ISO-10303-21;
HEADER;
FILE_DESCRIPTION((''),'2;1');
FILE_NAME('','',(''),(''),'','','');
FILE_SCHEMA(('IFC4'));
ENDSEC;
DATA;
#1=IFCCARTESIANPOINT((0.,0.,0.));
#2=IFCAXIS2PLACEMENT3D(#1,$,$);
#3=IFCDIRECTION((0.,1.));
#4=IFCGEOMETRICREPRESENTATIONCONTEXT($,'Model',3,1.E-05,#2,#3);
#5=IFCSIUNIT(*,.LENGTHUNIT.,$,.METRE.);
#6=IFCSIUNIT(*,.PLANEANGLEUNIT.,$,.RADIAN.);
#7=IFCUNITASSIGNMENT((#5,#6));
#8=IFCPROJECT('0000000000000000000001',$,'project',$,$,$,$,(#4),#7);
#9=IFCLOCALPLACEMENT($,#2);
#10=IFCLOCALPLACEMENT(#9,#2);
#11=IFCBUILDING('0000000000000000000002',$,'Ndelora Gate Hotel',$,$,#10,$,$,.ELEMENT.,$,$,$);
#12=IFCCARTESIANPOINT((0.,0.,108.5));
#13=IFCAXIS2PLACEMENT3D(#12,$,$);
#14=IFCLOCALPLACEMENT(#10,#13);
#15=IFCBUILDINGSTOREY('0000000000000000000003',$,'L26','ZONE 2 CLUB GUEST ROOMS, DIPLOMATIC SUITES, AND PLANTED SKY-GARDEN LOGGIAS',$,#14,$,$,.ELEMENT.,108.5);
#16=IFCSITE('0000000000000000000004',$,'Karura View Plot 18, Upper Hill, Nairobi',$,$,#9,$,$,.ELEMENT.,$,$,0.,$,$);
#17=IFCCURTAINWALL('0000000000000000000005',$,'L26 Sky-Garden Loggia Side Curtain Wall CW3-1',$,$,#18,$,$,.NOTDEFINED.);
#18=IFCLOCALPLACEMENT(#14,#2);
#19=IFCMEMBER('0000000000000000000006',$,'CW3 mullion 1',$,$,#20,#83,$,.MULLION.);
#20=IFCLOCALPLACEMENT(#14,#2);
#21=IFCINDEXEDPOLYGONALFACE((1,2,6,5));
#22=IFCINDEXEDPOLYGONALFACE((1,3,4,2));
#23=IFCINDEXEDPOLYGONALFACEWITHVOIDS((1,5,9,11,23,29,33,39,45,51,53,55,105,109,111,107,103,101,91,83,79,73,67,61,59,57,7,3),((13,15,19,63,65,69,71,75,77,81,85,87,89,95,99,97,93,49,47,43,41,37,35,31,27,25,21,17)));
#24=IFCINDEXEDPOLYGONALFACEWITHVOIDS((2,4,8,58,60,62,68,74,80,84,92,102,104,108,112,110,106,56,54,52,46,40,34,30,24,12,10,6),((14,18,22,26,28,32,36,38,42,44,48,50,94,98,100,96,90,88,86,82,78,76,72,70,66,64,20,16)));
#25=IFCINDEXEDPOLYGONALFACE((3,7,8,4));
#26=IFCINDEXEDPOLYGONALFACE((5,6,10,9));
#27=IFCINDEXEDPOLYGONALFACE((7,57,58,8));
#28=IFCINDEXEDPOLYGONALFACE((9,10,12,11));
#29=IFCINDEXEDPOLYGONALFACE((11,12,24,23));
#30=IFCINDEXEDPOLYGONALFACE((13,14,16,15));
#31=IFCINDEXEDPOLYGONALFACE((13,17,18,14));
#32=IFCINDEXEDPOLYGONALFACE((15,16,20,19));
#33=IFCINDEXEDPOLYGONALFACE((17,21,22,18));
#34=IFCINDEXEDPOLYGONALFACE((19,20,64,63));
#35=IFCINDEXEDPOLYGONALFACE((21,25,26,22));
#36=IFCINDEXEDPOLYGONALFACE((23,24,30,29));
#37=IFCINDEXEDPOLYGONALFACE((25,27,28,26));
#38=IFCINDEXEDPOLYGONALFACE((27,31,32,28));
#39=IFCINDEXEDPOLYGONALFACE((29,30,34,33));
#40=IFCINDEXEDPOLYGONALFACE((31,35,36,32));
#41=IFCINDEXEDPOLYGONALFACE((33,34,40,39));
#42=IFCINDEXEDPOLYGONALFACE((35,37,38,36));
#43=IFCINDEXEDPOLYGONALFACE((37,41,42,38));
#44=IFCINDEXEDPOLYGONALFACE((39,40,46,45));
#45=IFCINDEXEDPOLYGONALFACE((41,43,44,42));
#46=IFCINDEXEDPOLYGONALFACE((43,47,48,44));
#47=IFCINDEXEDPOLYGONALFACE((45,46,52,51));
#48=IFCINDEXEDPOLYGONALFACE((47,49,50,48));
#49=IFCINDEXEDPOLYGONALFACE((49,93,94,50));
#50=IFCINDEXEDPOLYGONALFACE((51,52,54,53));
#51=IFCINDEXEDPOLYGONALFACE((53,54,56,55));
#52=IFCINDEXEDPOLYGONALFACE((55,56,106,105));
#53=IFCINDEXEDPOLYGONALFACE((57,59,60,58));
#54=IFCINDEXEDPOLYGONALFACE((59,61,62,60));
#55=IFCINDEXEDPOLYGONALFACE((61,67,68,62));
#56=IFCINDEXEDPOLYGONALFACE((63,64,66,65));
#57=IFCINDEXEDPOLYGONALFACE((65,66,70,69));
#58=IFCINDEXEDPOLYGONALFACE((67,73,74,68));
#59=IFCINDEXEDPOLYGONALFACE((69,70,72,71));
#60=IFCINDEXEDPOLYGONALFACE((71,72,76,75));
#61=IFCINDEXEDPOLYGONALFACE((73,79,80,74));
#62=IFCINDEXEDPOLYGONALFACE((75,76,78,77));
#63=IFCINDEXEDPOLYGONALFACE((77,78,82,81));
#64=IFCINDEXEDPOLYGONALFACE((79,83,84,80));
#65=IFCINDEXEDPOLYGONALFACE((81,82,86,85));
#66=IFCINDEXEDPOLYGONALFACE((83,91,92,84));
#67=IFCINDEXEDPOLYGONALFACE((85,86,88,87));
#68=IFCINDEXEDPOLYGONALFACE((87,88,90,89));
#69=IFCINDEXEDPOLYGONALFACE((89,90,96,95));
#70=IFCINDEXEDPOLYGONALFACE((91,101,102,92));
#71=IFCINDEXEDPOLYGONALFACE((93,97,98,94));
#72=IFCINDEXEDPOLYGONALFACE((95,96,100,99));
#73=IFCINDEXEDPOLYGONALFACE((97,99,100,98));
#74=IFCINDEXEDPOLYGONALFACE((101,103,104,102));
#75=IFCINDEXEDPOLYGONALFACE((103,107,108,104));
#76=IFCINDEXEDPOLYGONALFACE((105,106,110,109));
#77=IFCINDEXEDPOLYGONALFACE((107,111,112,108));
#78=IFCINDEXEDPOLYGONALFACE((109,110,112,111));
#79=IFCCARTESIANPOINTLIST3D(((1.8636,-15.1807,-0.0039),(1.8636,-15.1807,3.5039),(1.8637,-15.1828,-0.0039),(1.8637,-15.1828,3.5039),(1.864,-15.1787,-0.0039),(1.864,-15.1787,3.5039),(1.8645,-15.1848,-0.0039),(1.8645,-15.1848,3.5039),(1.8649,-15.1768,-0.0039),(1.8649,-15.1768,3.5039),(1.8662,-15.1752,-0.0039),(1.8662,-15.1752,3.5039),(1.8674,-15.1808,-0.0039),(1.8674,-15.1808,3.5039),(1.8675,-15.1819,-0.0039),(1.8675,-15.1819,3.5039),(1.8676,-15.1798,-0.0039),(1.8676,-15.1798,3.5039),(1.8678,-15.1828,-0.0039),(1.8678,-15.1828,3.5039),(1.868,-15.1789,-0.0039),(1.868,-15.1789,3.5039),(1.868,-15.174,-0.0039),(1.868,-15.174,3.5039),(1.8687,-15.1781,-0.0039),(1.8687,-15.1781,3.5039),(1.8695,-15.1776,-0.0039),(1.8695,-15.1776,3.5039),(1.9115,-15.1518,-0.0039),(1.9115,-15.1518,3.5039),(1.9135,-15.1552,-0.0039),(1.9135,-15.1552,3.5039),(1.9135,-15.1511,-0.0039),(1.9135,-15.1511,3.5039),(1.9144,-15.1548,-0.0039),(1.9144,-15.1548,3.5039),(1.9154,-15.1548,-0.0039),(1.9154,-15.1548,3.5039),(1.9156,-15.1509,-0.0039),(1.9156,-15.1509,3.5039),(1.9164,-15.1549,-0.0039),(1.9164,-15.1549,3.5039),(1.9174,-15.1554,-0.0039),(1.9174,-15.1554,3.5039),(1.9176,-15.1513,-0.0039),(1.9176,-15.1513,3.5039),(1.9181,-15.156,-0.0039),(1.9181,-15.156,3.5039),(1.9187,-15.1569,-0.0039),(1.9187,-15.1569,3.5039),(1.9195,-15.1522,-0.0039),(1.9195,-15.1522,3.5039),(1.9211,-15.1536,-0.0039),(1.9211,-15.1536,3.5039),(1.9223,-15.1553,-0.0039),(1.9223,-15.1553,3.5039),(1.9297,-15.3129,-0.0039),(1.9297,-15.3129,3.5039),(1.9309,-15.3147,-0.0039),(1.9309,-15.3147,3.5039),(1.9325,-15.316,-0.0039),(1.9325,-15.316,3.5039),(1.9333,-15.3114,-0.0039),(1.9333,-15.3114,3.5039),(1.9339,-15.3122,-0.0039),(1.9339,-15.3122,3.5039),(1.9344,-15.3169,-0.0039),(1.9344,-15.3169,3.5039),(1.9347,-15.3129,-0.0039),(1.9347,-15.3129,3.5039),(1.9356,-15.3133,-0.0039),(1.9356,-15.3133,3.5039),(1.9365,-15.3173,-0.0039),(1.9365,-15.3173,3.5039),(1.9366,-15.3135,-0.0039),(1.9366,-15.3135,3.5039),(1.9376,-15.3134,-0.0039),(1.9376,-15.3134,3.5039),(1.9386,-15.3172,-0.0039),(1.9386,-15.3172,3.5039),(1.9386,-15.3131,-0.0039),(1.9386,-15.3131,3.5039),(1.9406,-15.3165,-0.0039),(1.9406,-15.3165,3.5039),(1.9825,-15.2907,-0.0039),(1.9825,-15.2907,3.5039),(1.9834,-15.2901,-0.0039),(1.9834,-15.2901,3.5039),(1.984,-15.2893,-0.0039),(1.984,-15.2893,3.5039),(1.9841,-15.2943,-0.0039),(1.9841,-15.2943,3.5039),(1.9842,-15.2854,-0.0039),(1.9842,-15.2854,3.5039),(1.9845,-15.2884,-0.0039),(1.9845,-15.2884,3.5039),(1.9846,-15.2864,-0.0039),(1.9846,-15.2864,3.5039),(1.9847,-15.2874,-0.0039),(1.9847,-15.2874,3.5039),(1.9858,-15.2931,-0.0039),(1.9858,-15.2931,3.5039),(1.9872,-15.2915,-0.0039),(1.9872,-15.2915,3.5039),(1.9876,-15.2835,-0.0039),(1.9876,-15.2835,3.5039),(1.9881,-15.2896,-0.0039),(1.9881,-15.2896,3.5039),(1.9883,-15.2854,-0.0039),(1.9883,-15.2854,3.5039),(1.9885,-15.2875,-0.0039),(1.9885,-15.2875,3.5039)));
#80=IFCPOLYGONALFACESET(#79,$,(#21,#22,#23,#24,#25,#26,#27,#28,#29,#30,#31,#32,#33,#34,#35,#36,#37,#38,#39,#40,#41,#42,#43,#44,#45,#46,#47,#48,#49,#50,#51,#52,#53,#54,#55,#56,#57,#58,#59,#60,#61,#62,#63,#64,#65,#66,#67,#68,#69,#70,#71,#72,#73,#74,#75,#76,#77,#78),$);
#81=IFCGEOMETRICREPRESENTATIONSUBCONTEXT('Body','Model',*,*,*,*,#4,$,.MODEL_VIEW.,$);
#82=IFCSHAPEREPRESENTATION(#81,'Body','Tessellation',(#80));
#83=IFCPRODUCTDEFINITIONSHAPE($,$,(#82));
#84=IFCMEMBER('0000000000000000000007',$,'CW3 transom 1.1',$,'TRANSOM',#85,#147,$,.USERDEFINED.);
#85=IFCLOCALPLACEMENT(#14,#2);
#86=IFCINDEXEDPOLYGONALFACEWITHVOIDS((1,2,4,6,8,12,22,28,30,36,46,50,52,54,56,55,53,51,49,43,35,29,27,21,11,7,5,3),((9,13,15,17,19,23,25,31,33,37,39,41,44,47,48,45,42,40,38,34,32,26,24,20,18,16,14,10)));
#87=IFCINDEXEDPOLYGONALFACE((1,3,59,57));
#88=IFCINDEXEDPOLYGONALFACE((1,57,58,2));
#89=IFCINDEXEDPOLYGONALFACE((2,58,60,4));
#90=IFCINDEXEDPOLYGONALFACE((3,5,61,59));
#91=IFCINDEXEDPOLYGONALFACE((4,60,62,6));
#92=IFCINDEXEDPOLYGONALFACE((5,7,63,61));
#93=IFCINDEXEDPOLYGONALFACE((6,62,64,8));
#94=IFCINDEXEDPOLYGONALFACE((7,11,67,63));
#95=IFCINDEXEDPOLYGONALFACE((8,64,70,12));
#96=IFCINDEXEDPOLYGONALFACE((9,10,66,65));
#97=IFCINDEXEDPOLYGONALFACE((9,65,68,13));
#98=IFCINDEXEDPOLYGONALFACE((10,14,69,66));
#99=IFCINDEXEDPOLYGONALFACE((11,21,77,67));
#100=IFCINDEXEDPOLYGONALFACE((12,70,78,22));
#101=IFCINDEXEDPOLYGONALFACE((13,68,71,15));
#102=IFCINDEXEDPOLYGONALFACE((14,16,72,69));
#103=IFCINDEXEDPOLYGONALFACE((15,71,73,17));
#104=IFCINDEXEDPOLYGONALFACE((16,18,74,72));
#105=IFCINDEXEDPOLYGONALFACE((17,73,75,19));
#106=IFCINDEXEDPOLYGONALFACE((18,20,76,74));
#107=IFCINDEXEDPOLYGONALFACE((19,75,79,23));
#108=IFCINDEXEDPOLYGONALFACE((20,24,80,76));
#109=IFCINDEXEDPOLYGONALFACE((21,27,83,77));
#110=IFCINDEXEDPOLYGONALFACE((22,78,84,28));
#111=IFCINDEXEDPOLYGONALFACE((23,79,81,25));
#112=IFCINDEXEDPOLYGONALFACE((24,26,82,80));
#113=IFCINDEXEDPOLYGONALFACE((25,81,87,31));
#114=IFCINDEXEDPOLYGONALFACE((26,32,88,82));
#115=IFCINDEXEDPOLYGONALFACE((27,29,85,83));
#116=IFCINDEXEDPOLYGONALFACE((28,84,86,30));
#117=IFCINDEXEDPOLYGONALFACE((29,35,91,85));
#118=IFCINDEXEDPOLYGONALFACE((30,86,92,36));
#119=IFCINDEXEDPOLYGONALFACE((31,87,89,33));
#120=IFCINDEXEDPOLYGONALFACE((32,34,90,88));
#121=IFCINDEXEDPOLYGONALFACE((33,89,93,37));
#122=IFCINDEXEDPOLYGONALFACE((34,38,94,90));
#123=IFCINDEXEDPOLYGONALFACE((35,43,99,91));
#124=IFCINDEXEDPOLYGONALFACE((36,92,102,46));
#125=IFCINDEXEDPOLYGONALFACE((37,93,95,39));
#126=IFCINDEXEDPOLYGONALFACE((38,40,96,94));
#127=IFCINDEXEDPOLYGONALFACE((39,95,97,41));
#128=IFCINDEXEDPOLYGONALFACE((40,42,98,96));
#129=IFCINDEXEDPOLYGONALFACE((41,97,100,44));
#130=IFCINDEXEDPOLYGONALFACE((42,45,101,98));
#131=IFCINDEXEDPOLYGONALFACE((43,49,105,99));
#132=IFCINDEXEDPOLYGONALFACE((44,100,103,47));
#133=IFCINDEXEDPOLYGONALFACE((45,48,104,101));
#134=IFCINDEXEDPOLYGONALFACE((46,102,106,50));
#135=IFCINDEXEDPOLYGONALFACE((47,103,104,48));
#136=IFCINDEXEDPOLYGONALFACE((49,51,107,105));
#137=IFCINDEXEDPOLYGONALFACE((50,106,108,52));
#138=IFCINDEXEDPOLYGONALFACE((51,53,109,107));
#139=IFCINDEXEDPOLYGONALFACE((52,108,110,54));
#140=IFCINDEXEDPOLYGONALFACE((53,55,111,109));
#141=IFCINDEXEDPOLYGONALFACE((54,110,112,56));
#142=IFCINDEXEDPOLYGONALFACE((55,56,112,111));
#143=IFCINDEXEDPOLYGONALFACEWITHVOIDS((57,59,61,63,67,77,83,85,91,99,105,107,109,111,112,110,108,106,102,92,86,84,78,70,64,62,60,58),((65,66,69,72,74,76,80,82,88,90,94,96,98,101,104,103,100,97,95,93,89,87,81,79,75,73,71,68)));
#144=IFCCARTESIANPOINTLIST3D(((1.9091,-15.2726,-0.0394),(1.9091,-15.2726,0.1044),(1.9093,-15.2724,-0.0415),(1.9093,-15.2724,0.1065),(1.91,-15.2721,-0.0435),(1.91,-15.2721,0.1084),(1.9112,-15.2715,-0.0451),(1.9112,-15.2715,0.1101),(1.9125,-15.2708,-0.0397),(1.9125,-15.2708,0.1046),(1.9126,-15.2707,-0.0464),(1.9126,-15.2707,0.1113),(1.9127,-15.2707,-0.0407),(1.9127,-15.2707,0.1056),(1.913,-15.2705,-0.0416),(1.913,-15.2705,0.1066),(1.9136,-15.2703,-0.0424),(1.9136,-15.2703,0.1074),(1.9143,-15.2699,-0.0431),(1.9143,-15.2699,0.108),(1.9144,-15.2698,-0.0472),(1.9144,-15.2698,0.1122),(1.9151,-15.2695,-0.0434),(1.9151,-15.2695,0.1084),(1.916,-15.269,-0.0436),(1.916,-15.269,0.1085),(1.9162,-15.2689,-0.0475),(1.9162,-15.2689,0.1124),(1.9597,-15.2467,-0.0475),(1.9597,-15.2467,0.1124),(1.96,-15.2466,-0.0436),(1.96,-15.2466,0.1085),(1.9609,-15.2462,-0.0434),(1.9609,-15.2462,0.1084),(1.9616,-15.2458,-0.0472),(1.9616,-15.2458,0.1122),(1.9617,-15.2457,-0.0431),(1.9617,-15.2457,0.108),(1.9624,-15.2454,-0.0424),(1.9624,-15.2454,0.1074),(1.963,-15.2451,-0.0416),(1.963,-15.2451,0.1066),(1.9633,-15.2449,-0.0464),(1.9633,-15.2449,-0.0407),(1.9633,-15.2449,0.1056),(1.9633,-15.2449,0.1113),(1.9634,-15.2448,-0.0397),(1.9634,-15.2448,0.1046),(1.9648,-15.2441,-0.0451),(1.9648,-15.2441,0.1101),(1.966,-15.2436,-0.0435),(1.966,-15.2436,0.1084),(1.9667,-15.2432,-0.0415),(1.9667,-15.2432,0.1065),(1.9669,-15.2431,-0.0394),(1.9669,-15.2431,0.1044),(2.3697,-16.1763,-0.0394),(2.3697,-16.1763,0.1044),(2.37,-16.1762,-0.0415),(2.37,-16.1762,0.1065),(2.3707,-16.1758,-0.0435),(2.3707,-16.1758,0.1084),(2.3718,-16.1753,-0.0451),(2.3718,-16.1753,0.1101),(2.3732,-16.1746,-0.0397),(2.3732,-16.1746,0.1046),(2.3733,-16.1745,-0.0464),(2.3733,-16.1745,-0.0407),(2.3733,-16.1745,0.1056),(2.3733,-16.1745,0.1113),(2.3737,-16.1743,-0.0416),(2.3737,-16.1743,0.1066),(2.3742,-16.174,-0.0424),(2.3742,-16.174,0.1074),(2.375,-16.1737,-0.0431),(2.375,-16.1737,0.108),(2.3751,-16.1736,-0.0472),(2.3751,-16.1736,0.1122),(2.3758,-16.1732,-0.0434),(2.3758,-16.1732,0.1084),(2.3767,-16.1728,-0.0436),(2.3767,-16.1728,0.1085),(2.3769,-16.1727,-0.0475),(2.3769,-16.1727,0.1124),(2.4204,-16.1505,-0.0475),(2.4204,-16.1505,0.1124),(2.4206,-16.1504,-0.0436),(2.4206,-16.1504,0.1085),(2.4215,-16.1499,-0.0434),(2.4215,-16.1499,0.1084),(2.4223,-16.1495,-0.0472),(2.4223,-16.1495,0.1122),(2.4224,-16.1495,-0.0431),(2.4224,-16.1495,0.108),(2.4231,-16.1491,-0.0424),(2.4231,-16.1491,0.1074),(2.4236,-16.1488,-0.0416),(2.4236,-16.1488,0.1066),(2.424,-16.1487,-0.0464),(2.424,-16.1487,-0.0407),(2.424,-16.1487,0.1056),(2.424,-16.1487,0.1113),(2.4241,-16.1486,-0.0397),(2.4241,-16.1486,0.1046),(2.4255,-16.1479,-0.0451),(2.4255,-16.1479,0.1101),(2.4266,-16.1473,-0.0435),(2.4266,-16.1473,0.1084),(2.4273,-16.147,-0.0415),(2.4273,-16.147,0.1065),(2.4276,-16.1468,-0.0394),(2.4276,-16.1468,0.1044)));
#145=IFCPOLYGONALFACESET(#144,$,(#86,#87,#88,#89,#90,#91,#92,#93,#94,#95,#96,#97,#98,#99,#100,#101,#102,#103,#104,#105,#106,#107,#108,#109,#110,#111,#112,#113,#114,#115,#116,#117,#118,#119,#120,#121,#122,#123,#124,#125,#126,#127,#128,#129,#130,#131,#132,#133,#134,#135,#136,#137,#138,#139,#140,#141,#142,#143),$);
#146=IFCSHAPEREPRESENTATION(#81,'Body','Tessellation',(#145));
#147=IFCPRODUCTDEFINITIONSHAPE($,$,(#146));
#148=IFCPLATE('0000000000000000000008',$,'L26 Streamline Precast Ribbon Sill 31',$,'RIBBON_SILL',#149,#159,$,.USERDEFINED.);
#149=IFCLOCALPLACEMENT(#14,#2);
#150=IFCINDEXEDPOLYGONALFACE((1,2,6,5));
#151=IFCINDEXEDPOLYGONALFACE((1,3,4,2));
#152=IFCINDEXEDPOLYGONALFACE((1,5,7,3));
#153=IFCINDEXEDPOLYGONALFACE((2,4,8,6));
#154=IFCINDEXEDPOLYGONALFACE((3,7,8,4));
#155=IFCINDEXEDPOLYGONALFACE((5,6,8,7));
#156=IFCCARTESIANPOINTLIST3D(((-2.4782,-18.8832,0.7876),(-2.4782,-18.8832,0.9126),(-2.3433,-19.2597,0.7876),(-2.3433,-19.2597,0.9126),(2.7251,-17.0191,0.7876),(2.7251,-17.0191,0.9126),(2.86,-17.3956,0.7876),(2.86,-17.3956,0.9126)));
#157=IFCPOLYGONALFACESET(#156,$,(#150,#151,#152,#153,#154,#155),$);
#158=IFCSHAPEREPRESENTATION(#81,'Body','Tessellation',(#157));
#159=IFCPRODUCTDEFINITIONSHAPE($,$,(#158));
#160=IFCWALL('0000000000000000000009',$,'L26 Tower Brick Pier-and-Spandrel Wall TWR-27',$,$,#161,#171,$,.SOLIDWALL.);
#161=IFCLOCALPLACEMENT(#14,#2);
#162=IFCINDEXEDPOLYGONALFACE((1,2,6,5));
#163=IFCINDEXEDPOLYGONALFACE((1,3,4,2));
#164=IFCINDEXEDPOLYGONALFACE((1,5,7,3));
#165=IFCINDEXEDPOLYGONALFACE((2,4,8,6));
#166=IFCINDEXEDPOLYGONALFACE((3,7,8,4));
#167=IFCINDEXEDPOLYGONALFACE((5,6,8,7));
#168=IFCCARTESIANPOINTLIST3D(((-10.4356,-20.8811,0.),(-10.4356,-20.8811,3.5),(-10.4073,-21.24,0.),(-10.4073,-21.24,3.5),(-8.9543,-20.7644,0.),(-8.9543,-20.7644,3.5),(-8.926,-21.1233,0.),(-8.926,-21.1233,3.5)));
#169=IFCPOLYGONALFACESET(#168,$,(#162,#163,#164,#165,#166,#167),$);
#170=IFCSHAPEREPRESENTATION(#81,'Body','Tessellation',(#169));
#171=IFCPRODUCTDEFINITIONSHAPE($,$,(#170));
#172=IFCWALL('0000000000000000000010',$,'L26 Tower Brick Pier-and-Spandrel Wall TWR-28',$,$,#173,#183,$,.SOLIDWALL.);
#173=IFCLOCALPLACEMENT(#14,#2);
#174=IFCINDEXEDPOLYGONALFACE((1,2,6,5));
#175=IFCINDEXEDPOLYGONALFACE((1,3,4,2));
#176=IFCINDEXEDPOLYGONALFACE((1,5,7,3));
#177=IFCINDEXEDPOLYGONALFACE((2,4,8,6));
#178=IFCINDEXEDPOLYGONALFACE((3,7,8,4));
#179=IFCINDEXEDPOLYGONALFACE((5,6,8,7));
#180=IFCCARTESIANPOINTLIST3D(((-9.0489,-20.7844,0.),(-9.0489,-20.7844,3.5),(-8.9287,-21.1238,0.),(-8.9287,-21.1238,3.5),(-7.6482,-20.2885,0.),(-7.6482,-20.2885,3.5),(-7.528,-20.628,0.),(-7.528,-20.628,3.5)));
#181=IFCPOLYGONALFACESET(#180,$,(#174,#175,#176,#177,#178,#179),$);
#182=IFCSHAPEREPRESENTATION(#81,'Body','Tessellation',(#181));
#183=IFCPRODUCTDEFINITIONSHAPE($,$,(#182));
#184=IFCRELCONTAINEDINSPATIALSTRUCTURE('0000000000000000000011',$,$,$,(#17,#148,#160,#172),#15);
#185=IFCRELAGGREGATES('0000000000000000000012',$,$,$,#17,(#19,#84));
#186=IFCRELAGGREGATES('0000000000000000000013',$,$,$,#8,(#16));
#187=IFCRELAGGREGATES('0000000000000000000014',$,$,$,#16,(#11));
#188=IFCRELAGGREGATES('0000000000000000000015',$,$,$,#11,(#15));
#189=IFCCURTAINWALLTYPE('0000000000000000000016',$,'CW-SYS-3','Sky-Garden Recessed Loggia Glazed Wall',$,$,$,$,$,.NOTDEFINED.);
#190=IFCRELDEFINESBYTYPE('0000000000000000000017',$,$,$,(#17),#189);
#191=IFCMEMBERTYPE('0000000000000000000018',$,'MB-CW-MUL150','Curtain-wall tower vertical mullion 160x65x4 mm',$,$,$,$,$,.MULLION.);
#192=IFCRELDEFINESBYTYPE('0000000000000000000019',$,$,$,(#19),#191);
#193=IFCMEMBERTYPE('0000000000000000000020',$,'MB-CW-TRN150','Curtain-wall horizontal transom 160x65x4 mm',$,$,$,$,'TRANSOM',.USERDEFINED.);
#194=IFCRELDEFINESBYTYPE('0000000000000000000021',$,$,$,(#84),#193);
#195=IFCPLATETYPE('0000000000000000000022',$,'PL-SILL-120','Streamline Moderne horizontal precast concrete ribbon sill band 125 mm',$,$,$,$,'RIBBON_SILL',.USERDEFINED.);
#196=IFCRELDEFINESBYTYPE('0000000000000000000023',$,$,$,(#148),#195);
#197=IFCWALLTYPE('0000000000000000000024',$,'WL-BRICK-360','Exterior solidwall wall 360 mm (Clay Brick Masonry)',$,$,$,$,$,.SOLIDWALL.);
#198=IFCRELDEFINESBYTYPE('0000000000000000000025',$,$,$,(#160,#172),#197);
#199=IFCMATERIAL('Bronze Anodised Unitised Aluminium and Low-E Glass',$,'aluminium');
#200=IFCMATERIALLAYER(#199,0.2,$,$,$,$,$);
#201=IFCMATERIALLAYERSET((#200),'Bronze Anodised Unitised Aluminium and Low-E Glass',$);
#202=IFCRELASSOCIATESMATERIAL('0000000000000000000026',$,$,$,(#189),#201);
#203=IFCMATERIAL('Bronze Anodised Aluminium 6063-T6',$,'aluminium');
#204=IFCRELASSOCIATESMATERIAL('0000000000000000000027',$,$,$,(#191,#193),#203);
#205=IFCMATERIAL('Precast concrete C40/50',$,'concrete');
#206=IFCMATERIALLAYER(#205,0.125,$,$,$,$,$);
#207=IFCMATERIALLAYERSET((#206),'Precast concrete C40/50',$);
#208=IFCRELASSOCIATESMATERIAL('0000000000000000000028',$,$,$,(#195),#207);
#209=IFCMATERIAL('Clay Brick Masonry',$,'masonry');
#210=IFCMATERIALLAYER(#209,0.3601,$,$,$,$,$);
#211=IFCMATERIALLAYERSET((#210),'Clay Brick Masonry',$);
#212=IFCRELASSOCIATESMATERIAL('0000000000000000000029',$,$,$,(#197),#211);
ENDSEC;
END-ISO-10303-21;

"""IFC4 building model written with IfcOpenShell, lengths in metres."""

from ifc_helpers import new_model, si_unit, direction, frame, frame_2d, origin, origin_2d, place, context, subcontext, project, spatial, rectangle, hollow_rectangle, extrude, material, layer, layer_set, material_profile, profile_set, type_object, element, aggregate, save


model = new_model("IFC4")

# Units and contexts
model_context = context("Model", 3, precision=1e-05, world=origin(), true_north=direction((0.0, 1.0)))
body_context = subcontext(model_context, "Body", "Model", "MODEL_VIEW")
ifc_project = project(units=[si_unit("LENGTHUNIT", "METRE"), si_unit("PLANEANGLEUNIT", "RADIAN")], contexts=[model_context])

# Site, building, storey
site_placement = place(None, origin())
site = spatial("IfcSite", under=ifc_project, at=site_placement, Name="Karura View Plot 18, Upper Hill, Nairobi", CompositionType="ELEMENT", RefElevation=0.0)
building_placement = place(site_placement, origin())
building = spatial("IfcBuilding", under=site, at=building_placement, Name="Ndelora Gate Hotel", CompositionType="ELEMENT")
storey_placement = place(building_placement, frame((0.0, 0.0, 108.5)))
storey = spatial("IfcBuildingStorey", under=building, at=storey_placement, Name="L26", Description="ZONE 2 CLUB GUEST ROOMS, DIPLOMATIC SUITES, AND PLANTED SKY-GARDEN LOGGIAS", CompositionType="ELEMENT", Elevation=108.5)

# Curtain wall, members
ifc_material_1 = material(Name="Bronze Anodised Unitised Aluminium and Low-E Glass", Category="aluminium")
ifc_layer_1 = layer(ifc_material_1, 0.2)
ifc_layer_set_1 = layer_set([ifc_layer_1], Name="Bronze Anodised Unitised Aluminium and Low-E Glass")
curtain_wall_type = type_object("IfcCurtainWallType", Name="CW-SYS-3", Description="Sky-Garden Recessed Loggia Glazed Wall", PredefinedType="NOTDEFINED", material=ifc_layer_set_1)
curtain_wall_placement = place(storey_placement, origin())
curtain_wall = element("IfcCurtainWall", 1, at=curtain_wall_placement, inside=storey, type_object=curtain_wall_type, Name="L26 Sky-Garden Loggia Side Curtain Wall CW3-1", PredefinedType="NOTDEFINED")
ifc_material_2 = material(Name="Bronze Anodised Aluminium 6063-T6", Category="aluminium")
ifc_material_profile_1 = material_profile(ifc_material_2, hollow_rectangle(XDim=0.0649, YDim=0.1599, WallThickness=0.0039, InnerFilletRadius=0.0039, OuterFilletRadius=0.0081, at=origin_2d()), Name="ALU 160x65x4")
ifc_profile_set_1 = profile_set([ifc_material_profile_1], Name="Bronze Anodised Aluminium 6063-T6")
member_type_1 = type_object("IfcMemberType", Name="MB-CW-MUL150", Description="Curtain-wall tower vertical mullion 160x65x4 mm", PredefinedType="MULLION", material=ifc_profile_set_1)
member_1_placement = place(storey_placement, frame((1.926, -15.2341, -0.0039), z_axis=(0.0, 0.0, 1.0), x_axis=(0.891001, 0.454001, 0.0)))
member_1 = element("IfcMember", 2, at=member_1_placement, type_object=member_type_1, Name="CW3 mullion 1", PredefinedType="MULLION", context=body_context, shape_type="SweptSolid", body=[
    extrude(hollow_rectangle(XDim=0.0649, YDim=0.1599, WallThickness=0.0039, InnerFilletRadius=0.0039, OuterFilletRadius=0.0081, at=origin_2d()), origin(), (0.0, 0.0, 1.0), 3.5078),
])
ifc_material_profile_2 = material_profile(ifc_material_2, hollow_rectangle(XDim=0.0649, YDim=0.1599, WallThickness=0.0039, InnerFilletRadius=0.0039, OuterFilletRadius=0.0081, at=origin_2d()), Name="ALU 160x65x4")
ifc_profile_set_2 = profile_set([ifc_material_profile_2], Name="Bronze Anodised Aluminium 6063-T6")
member_type_2 = type_object("IfcMemberType", Name="MB-CW-TRN150", Description="Curtain-wall horizontal transom 160x65x4 mm", ElementType="TRANSOM", PredefinedType="USERDEFINED", material=ifc_profile_set_2)
member_2_placement = place(storey_placement, frame((1.938, -15.2578, 0.0325), z_axis=(0.454131, -0.890935, 0.0), x_axis=(0.890935, 0.454131, 0.0)))
member_2 = element("IfcMember", 3, at=member_2_placement, type_object=member_type_2, Name="CW3 transom 1.1", ObjectType="TRANSOM", PredefinedType="USERDEFINED", context=body_context, shape_type="SweptSolid", body=[
    extrude(hollow_rectangle(XDim=0.0649, YDim=0.1599, WallThickness=0.0039, InnerFilletRadius=0.0039, OuterFilletRadius=0.0081, at=origin_2d()), origin(), (0.0, 0.0, 1.0), 1.0144),
])
aggregate(curtain_wall, [member_1, member_2])

# Plate
ifc_material_3 = material(Name="Precast concrete C40/50", Category="concrete")
ifc_layer_2 = layer(ifc_material_3, 0.125)
ifc_layer_set_2 = layer_set([ifc_layer_2], Name="Precast concrete C40/50")
plate_type = type_object("IfcPlateType", Name="PL-SILL-120", Description="Streamline Moderne horizontal precast concrete ribbon sill band 125 mm", ElementType="RIBBON_SILL", PredefinedType="USERDEFINED", material=ifc_layer_set_2)
plate_placement = place(storey_placement, frame((0.1909, -18.1394, 0.7876), z_axis=(0.0, 0.0, 1.0), x_axis=(0.941412, 0.33726, 0.0)))
element("IfcPlate", 4, at=plate_placement, inside=storey, type_object=plate_type, Name="L26 Streamline Precast Ribbon Sill 31", ObjectType="RIBBON_SILL", PredefinedType="USERDEFINED", context=body_context, shape_type="SweptSolid", body=[
    extrude(rectangle(XDim=5.5271, YDim=0.3999, at=origin_2d()), origin(), (0.0, 0.0, 1.0), 0.125),
])

# Walls
ifc_material_4 = material(Name="Clay Brick Masonry", Category="masonry")
ifc_layer_3 = layer(ifc_material_4, 0.3601)
ifc_layer_set_3 = layer_set([ifc_layer_3], Name="Clay Brick Masonry")
wall_type_1 = type_object("IfcWallType", Name="WL-BRICK-360", Description="Exterior solidwall wall 360 mm (Clay Brick Masonry)", PredefinedType="SOLIDWALL", material=ifc_layer_set_3)
for number, where, z_axis, x_axis, name in (
    (5, (-8.9402, -20.9438, 0.0), (0.0, 0.0, 1.0), (-0.996911, -0.078543, 0.0), "L26 Tower Brick Pier-and-Spandrel Wall TWR-27"),
    (6, (-7.5881, -20.4583, 0.0), (0.0, 0.0, 1.0), (-0.942671, -0.333722, 0.0), "L26 Tower Brick Pier-and-Spandrel Wall TWR-28"),
):
    element("IfcWall", number, at=place(storey_placement, frame(where, z_axis=z_axis, x_axis=x_axis)), inside=storey, type_object=wall_type_1, Name=name, PredefinedType="SOLIDWALL", context=body_context, shape_type="SweptSolid", body=[
        extrude(rectangle(XDim=1.4858, YDim=0.3601, at=frame_2d((0.7429, 0.0))), origin(), (0.0, 0.0, 1.0), 3.5),
    ])

save(model, "model.ifc")
